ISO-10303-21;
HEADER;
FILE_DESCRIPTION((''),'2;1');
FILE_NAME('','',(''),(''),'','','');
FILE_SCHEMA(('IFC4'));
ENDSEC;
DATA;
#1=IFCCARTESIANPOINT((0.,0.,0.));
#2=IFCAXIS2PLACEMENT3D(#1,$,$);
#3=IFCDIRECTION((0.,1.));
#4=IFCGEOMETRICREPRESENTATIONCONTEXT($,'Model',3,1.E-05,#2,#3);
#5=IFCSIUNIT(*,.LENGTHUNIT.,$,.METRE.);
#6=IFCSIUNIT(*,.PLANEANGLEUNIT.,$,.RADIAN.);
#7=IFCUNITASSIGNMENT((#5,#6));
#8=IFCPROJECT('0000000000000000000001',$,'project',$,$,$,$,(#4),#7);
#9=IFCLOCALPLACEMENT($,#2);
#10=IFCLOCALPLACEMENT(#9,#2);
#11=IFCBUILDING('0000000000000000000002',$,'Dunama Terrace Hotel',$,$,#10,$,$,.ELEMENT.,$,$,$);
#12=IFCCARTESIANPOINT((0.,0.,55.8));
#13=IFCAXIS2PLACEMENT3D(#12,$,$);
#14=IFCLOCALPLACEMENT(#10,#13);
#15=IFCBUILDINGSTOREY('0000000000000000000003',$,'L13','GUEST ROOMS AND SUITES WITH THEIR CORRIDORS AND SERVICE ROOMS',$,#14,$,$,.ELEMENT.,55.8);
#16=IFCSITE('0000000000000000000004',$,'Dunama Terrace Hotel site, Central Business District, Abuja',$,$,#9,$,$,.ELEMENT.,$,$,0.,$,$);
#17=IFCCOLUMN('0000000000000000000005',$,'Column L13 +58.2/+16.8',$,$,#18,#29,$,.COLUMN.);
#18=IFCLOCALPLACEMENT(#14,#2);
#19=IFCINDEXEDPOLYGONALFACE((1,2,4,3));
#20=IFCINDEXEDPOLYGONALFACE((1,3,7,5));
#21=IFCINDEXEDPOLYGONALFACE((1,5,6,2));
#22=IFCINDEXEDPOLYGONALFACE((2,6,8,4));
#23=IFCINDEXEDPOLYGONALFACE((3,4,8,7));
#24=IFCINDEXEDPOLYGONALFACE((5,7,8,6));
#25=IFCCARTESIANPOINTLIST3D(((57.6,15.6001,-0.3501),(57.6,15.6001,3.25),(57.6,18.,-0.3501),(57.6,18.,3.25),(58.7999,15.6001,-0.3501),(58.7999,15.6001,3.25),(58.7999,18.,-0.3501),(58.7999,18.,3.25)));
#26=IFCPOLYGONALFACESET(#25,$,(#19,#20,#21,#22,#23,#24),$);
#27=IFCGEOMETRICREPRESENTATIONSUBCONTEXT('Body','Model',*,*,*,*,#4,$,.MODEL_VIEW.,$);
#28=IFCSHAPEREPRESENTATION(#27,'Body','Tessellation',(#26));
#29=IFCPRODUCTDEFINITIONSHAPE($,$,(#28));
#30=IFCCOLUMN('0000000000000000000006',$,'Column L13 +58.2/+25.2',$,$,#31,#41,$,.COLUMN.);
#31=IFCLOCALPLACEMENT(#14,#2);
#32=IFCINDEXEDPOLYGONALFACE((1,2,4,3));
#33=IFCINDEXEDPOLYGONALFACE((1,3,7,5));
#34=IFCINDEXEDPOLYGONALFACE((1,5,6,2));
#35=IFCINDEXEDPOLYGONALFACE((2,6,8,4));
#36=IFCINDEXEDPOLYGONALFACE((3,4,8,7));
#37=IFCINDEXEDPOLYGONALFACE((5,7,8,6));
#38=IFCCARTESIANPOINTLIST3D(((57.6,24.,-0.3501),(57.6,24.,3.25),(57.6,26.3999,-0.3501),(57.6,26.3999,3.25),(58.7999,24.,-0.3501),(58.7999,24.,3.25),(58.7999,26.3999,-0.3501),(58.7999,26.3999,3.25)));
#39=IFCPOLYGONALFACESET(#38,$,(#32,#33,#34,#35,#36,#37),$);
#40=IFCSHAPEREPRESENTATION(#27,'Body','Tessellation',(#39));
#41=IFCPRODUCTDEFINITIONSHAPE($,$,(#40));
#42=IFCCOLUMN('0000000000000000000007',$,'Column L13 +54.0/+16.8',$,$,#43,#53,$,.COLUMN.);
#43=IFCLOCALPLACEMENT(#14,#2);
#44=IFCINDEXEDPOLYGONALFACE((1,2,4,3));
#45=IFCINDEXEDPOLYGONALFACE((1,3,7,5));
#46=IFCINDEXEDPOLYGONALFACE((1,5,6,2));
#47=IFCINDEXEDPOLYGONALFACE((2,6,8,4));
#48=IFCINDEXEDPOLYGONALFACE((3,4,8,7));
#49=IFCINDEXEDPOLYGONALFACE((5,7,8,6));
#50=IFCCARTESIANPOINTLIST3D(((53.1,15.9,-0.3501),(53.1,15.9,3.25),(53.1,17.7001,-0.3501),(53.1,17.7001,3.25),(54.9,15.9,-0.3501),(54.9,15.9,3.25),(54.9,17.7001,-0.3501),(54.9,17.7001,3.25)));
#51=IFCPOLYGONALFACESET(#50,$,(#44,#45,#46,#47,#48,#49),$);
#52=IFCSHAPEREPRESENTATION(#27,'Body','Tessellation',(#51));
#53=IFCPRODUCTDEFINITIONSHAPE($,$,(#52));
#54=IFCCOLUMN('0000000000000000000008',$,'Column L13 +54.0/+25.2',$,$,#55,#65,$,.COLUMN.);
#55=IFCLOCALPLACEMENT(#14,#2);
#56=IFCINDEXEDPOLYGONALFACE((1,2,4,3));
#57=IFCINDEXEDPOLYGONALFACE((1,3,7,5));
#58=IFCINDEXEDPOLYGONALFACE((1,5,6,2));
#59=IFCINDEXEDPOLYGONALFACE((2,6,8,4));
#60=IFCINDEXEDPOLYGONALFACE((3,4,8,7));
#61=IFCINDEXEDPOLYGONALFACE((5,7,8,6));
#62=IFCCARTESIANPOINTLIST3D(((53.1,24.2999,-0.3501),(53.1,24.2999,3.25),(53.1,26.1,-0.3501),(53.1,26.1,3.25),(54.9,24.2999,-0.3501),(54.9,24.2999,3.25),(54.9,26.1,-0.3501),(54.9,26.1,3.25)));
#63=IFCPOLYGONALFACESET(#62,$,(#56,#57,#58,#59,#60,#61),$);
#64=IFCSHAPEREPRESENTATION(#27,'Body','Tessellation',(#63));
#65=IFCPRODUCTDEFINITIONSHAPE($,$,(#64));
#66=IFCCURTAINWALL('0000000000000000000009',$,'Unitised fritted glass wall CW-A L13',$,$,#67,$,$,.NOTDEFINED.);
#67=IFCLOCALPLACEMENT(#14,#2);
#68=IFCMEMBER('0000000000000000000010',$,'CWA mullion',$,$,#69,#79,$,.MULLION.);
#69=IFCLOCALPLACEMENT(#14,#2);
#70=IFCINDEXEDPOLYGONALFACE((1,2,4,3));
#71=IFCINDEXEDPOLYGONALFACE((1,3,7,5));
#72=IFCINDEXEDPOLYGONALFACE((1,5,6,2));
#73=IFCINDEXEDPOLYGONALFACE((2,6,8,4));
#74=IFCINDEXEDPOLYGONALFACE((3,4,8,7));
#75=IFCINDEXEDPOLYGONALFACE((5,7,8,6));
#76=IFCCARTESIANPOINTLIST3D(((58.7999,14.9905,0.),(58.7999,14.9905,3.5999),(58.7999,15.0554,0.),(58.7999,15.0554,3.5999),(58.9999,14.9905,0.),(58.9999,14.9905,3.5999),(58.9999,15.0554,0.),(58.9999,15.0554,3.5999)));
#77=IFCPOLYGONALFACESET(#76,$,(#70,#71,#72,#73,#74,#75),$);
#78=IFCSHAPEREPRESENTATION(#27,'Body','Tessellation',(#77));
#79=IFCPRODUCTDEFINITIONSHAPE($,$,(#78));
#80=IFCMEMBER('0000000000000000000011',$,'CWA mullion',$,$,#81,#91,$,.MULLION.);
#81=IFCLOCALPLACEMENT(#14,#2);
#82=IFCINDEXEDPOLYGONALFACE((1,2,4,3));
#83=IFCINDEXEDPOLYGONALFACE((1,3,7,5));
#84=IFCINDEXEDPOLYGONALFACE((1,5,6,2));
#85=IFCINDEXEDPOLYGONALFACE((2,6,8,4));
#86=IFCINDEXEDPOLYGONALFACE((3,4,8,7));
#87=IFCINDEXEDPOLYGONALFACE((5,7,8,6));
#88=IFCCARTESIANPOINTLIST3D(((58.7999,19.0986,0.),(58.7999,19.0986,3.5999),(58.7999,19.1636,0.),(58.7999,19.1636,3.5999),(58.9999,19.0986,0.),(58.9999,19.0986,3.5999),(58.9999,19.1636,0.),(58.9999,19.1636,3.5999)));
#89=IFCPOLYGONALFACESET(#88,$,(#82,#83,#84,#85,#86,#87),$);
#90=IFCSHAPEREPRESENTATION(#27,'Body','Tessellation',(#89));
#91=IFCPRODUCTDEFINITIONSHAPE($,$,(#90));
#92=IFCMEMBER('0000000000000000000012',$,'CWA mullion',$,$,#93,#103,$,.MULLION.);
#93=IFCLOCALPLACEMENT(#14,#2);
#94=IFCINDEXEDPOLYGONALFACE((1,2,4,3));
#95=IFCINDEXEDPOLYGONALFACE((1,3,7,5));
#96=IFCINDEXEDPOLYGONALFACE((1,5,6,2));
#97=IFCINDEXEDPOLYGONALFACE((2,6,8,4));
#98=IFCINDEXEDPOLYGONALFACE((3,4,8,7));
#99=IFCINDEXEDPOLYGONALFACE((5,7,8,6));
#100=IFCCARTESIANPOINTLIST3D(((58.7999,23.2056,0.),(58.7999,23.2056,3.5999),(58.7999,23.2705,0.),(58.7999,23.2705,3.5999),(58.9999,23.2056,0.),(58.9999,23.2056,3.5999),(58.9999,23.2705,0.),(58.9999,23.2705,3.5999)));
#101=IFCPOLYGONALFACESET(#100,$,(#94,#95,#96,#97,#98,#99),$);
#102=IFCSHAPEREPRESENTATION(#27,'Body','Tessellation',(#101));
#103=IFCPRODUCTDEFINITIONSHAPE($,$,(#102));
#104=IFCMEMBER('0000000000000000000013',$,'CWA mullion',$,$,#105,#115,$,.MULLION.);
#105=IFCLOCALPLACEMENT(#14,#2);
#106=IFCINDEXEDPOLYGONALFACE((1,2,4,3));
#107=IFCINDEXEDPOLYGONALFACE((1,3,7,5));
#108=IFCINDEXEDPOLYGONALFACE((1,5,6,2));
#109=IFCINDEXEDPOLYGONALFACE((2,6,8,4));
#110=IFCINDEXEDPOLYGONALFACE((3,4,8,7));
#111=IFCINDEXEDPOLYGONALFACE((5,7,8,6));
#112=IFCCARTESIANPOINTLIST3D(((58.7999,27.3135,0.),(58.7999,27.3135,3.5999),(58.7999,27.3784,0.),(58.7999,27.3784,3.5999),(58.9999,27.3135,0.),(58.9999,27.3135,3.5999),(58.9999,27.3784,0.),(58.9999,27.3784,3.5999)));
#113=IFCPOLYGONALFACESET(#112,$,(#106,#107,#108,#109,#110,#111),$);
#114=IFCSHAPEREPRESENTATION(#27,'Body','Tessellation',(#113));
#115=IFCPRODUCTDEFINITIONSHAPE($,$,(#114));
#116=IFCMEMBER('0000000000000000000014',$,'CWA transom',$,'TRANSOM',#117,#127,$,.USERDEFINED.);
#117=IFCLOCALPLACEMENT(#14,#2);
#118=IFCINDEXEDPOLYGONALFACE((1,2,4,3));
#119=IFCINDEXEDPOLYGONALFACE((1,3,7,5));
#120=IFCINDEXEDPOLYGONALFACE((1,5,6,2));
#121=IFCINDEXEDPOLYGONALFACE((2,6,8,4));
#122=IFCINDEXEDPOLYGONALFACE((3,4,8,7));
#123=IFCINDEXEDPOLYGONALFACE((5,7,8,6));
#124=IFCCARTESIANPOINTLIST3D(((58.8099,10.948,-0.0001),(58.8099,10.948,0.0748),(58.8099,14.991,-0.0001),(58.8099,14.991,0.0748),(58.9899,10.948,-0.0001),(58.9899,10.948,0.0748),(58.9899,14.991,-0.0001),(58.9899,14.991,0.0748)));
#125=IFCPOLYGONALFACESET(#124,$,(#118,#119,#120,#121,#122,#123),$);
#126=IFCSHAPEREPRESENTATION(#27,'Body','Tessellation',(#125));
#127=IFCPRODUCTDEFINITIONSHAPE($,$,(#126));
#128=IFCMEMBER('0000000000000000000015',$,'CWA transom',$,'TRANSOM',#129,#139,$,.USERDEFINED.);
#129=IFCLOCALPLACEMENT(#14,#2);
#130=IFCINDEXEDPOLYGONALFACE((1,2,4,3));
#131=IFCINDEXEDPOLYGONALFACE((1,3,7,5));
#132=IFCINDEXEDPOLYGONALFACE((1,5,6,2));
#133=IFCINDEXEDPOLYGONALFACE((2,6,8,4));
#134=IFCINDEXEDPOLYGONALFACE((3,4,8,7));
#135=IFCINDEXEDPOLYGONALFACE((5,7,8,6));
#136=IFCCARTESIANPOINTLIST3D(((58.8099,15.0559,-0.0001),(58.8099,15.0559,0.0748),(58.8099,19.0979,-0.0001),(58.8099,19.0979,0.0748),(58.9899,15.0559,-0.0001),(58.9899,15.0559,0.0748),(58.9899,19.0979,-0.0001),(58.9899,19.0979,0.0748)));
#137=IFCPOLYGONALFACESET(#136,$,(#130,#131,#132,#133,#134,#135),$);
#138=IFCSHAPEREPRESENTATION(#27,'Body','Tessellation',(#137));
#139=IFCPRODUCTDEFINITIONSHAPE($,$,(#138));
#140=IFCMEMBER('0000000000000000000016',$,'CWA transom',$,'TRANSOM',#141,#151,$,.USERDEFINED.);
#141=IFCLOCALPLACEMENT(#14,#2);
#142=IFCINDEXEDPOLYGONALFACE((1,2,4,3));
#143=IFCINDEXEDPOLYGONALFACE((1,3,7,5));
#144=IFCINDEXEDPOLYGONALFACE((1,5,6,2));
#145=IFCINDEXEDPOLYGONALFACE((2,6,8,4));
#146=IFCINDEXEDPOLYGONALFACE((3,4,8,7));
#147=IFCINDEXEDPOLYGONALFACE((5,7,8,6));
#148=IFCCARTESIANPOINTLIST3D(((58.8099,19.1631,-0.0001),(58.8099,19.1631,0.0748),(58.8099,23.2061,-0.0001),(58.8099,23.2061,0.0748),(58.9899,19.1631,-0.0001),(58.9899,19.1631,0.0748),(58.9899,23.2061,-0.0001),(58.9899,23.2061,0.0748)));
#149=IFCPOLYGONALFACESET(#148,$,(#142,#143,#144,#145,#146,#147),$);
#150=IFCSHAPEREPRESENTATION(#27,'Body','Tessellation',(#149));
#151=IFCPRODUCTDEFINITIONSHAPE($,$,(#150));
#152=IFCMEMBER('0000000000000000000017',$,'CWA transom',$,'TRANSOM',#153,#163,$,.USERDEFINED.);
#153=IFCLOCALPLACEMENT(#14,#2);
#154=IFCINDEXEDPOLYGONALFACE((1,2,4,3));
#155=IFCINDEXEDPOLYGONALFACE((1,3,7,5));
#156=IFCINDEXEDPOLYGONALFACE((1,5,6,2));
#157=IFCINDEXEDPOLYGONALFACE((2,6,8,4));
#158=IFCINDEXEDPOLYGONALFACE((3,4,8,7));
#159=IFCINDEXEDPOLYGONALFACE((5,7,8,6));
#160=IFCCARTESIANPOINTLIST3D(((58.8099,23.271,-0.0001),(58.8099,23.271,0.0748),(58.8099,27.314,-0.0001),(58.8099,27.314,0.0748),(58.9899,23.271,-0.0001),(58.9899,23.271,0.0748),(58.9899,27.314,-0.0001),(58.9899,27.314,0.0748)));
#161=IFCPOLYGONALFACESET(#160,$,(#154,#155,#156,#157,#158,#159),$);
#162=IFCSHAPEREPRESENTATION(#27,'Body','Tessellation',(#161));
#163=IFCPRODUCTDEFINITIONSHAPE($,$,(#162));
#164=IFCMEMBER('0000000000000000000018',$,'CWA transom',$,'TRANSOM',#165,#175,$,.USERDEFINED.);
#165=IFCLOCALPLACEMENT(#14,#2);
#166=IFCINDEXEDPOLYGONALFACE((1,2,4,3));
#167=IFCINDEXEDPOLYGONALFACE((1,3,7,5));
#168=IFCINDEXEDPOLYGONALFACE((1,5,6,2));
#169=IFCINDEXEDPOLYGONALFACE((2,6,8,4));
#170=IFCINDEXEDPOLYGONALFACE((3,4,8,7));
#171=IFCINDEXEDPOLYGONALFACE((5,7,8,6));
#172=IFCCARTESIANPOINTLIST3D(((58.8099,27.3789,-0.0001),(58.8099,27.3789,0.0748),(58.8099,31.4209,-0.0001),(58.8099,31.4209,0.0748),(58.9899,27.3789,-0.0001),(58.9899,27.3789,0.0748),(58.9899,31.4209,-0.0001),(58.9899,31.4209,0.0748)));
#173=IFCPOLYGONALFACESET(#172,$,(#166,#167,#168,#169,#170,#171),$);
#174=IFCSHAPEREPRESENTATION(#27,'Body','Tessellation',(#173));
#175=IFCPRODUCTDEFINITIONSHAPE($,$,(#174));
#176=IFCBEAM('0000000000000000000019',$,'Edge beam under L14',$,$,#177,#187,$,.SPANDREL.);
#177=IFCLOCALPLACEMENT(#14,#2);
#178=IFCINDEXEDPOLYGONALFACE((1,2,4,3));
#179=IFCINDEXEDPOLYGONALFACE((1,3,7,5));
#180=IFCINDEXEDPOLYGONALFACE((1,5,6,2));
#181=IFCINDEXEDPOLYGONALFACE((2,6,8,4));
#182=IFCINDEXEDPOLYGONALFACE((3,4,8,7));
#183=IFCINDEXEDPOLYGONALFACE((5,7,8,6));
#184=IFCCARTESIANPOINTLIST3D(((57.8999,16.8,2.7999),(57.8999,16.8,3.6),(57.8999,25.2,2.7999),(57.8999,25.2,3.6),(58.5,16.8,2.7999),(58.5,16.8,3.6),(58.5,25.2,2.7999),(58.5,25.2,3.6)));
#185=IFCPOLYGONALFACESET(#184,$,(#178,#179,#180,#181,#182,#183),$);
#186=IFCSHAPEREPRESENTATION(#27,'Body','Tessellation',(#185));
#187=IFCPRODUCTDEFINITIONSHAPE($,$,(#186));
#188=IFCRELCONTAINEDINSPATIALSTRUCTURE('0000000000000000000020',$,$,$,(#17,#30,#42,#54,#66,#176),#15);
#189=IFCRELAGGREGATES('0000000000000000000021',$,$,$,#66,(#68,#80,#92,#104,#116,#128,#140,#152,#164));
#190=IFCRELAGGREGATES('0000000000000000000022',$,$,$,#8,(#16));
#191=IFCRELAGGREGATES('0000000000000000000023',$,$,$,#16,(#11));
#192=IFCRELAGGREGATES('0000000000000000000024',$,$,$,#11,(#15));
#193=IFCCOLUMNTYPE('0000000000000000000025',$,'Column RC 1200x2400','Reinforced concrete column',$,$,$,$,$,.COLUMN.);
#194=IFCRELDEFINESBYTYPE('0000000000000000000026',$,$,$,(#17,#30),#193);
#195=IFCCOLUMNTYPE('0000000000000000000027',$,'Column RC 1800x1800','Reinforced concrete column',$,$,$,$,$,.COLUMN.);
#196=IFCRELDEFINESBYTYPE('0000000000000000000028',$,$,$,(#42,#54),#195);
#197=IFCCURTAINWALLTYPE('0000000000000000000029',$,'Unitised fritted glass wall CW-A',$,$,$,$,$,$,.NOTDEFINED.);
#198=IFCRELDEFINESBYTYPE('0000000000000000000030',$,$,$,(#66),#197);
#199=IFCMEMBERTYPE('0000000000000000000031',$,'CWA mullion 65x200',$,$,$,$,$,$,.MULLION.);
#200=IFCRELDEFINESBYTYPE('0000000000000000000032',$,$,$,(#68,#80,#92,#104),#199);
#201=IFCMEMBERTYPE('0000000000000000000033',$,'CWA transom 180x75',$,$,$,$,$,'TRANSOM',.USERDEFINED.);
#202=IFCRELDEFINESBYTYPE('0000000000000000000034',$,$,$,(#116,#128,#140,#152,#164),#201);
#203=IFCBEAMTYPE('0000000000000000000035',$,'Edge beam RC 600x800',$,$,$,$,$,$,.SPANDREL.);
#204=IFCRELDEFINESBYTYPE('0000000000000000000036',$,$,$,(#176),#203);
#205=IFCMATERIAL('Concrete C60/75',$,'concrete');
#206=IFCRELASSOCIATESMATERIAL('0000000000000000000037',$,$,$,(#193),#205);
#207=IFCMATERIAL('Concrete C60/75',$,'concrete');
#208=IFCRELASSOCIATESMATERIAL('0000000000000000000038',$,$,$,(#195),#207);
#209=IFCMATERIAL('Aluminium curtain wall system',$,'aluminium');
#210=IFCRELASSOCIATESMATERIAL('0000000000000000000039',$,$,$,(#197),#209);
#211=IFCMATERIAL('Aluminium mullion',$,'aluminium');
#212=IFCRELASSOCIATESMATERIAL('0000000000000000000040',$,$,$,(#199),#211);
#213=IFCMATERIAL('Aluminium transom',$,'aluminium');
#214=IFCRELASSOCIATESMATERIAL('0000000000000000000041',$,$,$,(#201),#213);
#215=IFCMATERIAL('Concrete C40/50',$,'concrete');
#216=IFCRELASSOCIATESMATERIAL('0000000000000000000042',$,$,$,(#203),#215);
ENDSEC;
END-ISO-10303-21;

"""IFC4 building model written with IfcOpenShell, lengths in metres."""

from ifc_helpers import new_model, si_unit, direction, frame, origin, origin_2d, place, context, subcontext, project, spatial, rectangle, extrude, material, material_profile, profile_set, type_object, element, aggregate, save


model = new_model("IFC4")

# Units and contexts
model_context = context("Model", 3, precision=1e-05, world=origin(), true_north=direction((0.0, 1.0)))
body_context = subcontext(model_context, "Body", "Model", "MODEL_VIEW")
ifc_project = project(units=[si_unit("LENGTHUNIT", "METRE"), si_unit("PLANEANGLEUNIT", "RADIAN")], contexts=[model_context])

# Site, building, storey
site_placement = place(None, origin())
site = spatial("IfcSite", under=ifc_project, at=site_placement, Name="Dunama Terrace Hotel site, Central Business District, Abuja", CompositionType="ELEMENT", RefElevation=0.0)
building_placement = place(site_placement, origin())
building = spatial("IfcBuilding", under=site, at=building_placement, Name="Dunama Terrace Hotel", CompositionType="ELEMENT")
storey_placement = place(building_placement, frame((0.0, 0.0, 55.8)))
storey = spatial("IfcBuildingStorey", under=building, at=storey_placement, Name="L13", Description="GUEST ROOMS AND SUITES WITH THEIR CORRIDORS AND SERVICE ROOMS", CompositionType="ELEMENT", Elevation=55.8)

# Columns
ifc_material_1 = material(Name="Concrete C60/75", Category="concrete")
ifc_material_profile_1 = material_profile(ifc_material_1, rectangle(XDim=1.2, YDim=2.3999, at=origin_2d()), Name="RC 1200x2400")
ifc_profile_set_1 = profile_set([ifc_material_profile_1], Name="Concrete C60/75")
column_type_1 = type_object("IfcColumnType", Name="Column RC 1200x2400", Description="Reinforced concrete column", PredefinedType="COLUMN", material=ifc_profile_set_1)
for number, where, z_axis, x_axis, name in (
    (1, (58.2, 16.8, -0.3501), (0.0, 0.0, 1.0), (1.0, 0.0, 0.0), "Column L13 +58.2/+16.8"),
    (2, (58.2, 25.2, -0.3501), (0.0, 0.0, 1.0), (1.0, 0.0, 0.0), "Column L13 +58.2/+25.2"),
):
    element("IfcColumn", number, at=place(storey_placement, frame(where, z_axis=z_axis, x_axis=x_axis)), inside=storey, type_object=column_type_1, Name=name, PredefinedType="COLUMN", context=body_context, shape_type="SweptSolid", body=[
        extrude(rectangle(XDim=1.2, YDim=2.3999, at=origin_2d()), origin(), (0.0, 0.0, 1.0), 3.6001),
    ])
ifc_material_2 = material(Name="Concrete C60/75", Category="concrete")
ifc_material_profile_2 = material_profile(ifc_material_2, rectangle(XDim=1.8, YDim=1.8, at=origin_2d()), Name="RC 1800x1800")
ifc_profile_set_2 = profile_set([ifc_material_profile_2], Name="Concrete C60/75")
column_type_2 = type_object("IfcColumnType", Name="Column RC 1800x1800", Description="Reinforced concrete column", PredefinedType="COLUMN", material=ifc_profile_set_2)
for number, where, z_axis, x_axis, name in (
    (3, (54.0, 16.8, -0.3501), (0.0, 0.0, 1.0), (1.0, 0.0, 0.0), "Column L13 +54.0/+16.8"),
    (4, (54.0, 25.2, -0.3501), (0.0, 0.0, 1.0), (1.0, 0.0, 0.0), "Column L13 +54.0/+25.2"),
):
    element("IfcColumn", number, at=place(storey_placement, frame(where, z_axis=z_axis, x_axis=x_axis)), inside=storey, type_object=column_type_2, Name=name, PredefinedType="COLUMN", context=body_context, shape_type="SweptSolid", body=[
        extrude(rectangle(XDim=1.8, YDim=1.8, at=origin_2d()), origin(), (0.0, 0.0, 1.0), 3.6001),
    ])

# Curtain wall, members
ifc_material_3 = material(Name="Aluminium curtain wall system", Category="aluminium")
curtain_wall_type = type_object("IfcCurtainWallType", Name="Unitised fritted glass wall CW-A", PredefinedType="NOTDEFINED", material=ifc_material_3)
curtain_wall_placement = place(storey_placement, origin())
curtain_wall = element("IfcCurtainWall", 5, at=curtain_wall_placement, inside=storey, type_object=curtain_wall_type, Name="Unitised fritted glass wall CW-A L13", PredefinedType="NOTDEFINED")
ifc_material_4 = material(Name="Aluminium mullion", Category="aluminium")
ifc_material_profile_3 = material_profile(ifc_material_4, rectangle(XDim=0.0649, YDim=0.2, at=origin_2d()), Name="CWA MULLION 65X200")
ifc_profile_set_3 = profile_set([ifc_material_profile_3], Name="Aluminium mullion")
member_type_1 = type_object("IfcMemberType", Name="CWA mullion 65x200", PredefinedType="MULLION", material=ifc_profile_set_3)
member_1_placement = place(storey_placement, frame((58.8999, 15.0229, 0.0), z_axis=(0.0, 0.0, 1.0), x_axis=(0.0, 1.0, 0.0)))
member_1 = element("IfcMember", 6, at=member_1_placement, type_object=member_type_1, Name="CWA mullion", PredefinedType="MULLION", context=body_context, shape_type="SweptSolid", body=[
    extrude(rectangle(XDim=0.0649, YDim=0.2, at=origin_2d()), origin(), (0.0, 0.0, 1.0), 3.5999),
])
member_2_placement = place(storey_placement, frame((58.8999, 19.1311, 0.0), z_axis=(0.0, 0.0, 1.0), x_axis=(0.0, 1.0, 0.0)))
member_2 = element("IfcMember", 7, at=member_2_placement, type_object=member_type_1, Name="CWA mullion", PredefinedType="MULLION", context=body_context, shape_type="SweptSolid", body=[
    extrude(rectangle(XDim=0.0649, YDim=0.2, at=origin_2d()), origin(), (0.0, 0.0, 1.0), 3.5999),
])
member_3_placement = place(storey_placement, frame((58.8999, 23.238, 0.0), z_axis=(0.0, 0.0, 1.0), x_axis=(0.0, 1.0, 0.0)))
member_3 = element("IfcMember", 8, at=member_3_placement, type_object=member_type_1, Name="CWA mullion", PredefinedType="MULLION", context=body_context, shape_type="SweptSolid", body=[
    extrude(rectangle(XDim=0.0649, YDim=0.2, at=origin_2d()), origin(), (0.0, 0.0, 1.0), 3.5999),
])
member_4_placement = place(storey_placement, frame((58.8999, 27.3459, 0.0), z_axis=(0.0, 0.0, 1.0), x_axis=(0.0, 1.0, 0.0)))
member_4 = element("IfcMember", 9, at=member_4_placement, type_object=member_type_1, Name="CWA mullion", PredefinedType="MULLION", context=body_context, shape_type="SweptSolid", body=[
    extrude(rectangle(XDim=0.0649, YDim=0.2, at=origin_2d()), origin(), (0.0, 0.0, 1.0), 3.5999),
])
ifc_material_5 = material(Name="Aluminium transom", Category="aluminium")
ifc_material_profile_4 = material_profile(ifc_material_5, rectangle(XDim=0.1799, YDim=0.075, at=origin_2d()), Name="CWA TRANSOM 180X75")
ifc_profile_set_4 = profile_set([ifc_material_profile_4], Name="Aluminium transom")
member_type_2 = type_object("IfcMemberType", Name="CWA transom 180x75", ElementType="TRANSOM", PredefinedType="USERDEFINED", material=ifc_profile_set_4)
member_5_placement = place(storey_placement, frame((58.8999, 10.948, 0.0374), z_axis=(0.0, 1.0, 0.0), x_axis=(-1.0, 0.0, 0.0)))
member_5 = element("IfcMember", 10, at=member_5_placement, type_object=member_type_2, Name="CWA transom", ObjectType="TRANSOM", PredefinedType="USERDEFINED", context=body_context, shape_type="SweptSolid", body=[
    extrude(rectangle(XDim=0.1799, YDim=0.075, at=origin_2d()), origin(), (0.0, 0.0, 1.0), 4.043),
])
member_6_placement = place(storey_placement, frame((58.8999, 15.0559, 0.0374), z_axis=(0.0, 1.0, 0.0), x_axis=(-1.0, 0.0, 0.0)))
member_6 = element("IfcMember", 11, at=member_6_placement, type_object=member_type_2, Name="CWA transom", ObjectType="TRANSOM", PredefinedType="USERDEFINED", context=body_context, shape_type="SweptSolid", body=[
    extrude(rectangle(XDim=0.1799, YDim=0.075, at=origin_2d()), origin(), (0.0, 0.0, 1.0), 4.042),
])
member_7_placement = place(storey_placement, frame((58.8999, 19.1631, 0.0374), z_axis=(0.0, 1.0, 0.0), x_axis=(-1.0, 0.0, 0.0)))
member_7 = element("IfcMember", 12, at=member_7_placement, type_object=member_type_2, Name="CWA transom", ObjectType="TRANSOM", PredefinedType="USERDEFINED", context=body_context, shape_type="SweptSolid", body=[
    extrude(rectangle(XDim=0.1799, YDim=0.075, at=origin_2d()), origin(), (0.0, 0.0, 1.0), 4.043),
])
member_8_placement = place(storey_placement, frame((58.8999, 23.271, 0.0374), z_axis=(0.0, 1.0, 0.0), x_axis=(-1.0, 0.0, 0.0)))
member_8 = element("IfcMember", 13, at=member_8_placement, type_object=member_type_2, Name="CWA transom", ObjectType="TRANSOM", PredefinedType="USERDEFINED", context=body_context, shape_type="SweptSolid", body=[
    extrude(rectangle(XDim=0.1799, YDim=0.075, at=origin_2d()), origin(), (0.0, 0.0, 1.0), 4.043),
])
member_9_placement = place(storey_placement, frame((58.8999, 27.3789, 0.0374), z_axis=(0.0, 1.0, 0.0), x_axis=(-1.0, 0.0, 0.0)))
member_9 = element("IfcMember", 14, at=member_9_placement, type_object=member_type_2, Name="CWA transom", ObjectType="TRANSOM", PredefinedType="USERDEFINED", context=body_context, shape_type="SweptSolid", body=[
    extrude(rectangle(XDim=0.1799, YDim=0.075, at=origin_2d()), origin(), (0.0, 0.0, 1.0), 4.042),
])

# Beam
ifc_material_6 = material(Name="Concrete C40/50", Category="concrete")
ifc_material_profile_5 = material_profile(ifc_material_6, rectangle(XDim=0.6001, YDim=0.8, at=origin_2d()), Name="RC 600x800")
ifc_profile_set_5 = profile_set([ifc_material_profile_5], Name="Concrete C40/50")
beam_type = type_object("IfcBeamType", Name="Edge beam RC 600x800", PredefinedType="SPANDREL", material=ifc_profile_set_5)
beam_1_placement = place(storey_placement, frame((58.2, 16.8, 3.2), z_axis=(0.0, 1.0, 0.0), x_axis=(-1.0, 0.0, 0.0)))
element("IfcBeam", 15, at=beam_1_placement, inside=storey, type_object=beam_type, Name="Edge beam under L14", PredefinedType="SPANDREL", context=body_context, shape_type="SweptSolid", body=[
    extrude(rectangle(XDim=0.6001, YDim=0.8, at=origin_2d()), origin(), (0.0, 0.0, 1.0), 8.3999),
])

aggregate(curtain_wall, [member_1, member_2, member_3, member_4, member_5, member_6, member_7, member_8, member_9])

save(model, "model.ifc")
